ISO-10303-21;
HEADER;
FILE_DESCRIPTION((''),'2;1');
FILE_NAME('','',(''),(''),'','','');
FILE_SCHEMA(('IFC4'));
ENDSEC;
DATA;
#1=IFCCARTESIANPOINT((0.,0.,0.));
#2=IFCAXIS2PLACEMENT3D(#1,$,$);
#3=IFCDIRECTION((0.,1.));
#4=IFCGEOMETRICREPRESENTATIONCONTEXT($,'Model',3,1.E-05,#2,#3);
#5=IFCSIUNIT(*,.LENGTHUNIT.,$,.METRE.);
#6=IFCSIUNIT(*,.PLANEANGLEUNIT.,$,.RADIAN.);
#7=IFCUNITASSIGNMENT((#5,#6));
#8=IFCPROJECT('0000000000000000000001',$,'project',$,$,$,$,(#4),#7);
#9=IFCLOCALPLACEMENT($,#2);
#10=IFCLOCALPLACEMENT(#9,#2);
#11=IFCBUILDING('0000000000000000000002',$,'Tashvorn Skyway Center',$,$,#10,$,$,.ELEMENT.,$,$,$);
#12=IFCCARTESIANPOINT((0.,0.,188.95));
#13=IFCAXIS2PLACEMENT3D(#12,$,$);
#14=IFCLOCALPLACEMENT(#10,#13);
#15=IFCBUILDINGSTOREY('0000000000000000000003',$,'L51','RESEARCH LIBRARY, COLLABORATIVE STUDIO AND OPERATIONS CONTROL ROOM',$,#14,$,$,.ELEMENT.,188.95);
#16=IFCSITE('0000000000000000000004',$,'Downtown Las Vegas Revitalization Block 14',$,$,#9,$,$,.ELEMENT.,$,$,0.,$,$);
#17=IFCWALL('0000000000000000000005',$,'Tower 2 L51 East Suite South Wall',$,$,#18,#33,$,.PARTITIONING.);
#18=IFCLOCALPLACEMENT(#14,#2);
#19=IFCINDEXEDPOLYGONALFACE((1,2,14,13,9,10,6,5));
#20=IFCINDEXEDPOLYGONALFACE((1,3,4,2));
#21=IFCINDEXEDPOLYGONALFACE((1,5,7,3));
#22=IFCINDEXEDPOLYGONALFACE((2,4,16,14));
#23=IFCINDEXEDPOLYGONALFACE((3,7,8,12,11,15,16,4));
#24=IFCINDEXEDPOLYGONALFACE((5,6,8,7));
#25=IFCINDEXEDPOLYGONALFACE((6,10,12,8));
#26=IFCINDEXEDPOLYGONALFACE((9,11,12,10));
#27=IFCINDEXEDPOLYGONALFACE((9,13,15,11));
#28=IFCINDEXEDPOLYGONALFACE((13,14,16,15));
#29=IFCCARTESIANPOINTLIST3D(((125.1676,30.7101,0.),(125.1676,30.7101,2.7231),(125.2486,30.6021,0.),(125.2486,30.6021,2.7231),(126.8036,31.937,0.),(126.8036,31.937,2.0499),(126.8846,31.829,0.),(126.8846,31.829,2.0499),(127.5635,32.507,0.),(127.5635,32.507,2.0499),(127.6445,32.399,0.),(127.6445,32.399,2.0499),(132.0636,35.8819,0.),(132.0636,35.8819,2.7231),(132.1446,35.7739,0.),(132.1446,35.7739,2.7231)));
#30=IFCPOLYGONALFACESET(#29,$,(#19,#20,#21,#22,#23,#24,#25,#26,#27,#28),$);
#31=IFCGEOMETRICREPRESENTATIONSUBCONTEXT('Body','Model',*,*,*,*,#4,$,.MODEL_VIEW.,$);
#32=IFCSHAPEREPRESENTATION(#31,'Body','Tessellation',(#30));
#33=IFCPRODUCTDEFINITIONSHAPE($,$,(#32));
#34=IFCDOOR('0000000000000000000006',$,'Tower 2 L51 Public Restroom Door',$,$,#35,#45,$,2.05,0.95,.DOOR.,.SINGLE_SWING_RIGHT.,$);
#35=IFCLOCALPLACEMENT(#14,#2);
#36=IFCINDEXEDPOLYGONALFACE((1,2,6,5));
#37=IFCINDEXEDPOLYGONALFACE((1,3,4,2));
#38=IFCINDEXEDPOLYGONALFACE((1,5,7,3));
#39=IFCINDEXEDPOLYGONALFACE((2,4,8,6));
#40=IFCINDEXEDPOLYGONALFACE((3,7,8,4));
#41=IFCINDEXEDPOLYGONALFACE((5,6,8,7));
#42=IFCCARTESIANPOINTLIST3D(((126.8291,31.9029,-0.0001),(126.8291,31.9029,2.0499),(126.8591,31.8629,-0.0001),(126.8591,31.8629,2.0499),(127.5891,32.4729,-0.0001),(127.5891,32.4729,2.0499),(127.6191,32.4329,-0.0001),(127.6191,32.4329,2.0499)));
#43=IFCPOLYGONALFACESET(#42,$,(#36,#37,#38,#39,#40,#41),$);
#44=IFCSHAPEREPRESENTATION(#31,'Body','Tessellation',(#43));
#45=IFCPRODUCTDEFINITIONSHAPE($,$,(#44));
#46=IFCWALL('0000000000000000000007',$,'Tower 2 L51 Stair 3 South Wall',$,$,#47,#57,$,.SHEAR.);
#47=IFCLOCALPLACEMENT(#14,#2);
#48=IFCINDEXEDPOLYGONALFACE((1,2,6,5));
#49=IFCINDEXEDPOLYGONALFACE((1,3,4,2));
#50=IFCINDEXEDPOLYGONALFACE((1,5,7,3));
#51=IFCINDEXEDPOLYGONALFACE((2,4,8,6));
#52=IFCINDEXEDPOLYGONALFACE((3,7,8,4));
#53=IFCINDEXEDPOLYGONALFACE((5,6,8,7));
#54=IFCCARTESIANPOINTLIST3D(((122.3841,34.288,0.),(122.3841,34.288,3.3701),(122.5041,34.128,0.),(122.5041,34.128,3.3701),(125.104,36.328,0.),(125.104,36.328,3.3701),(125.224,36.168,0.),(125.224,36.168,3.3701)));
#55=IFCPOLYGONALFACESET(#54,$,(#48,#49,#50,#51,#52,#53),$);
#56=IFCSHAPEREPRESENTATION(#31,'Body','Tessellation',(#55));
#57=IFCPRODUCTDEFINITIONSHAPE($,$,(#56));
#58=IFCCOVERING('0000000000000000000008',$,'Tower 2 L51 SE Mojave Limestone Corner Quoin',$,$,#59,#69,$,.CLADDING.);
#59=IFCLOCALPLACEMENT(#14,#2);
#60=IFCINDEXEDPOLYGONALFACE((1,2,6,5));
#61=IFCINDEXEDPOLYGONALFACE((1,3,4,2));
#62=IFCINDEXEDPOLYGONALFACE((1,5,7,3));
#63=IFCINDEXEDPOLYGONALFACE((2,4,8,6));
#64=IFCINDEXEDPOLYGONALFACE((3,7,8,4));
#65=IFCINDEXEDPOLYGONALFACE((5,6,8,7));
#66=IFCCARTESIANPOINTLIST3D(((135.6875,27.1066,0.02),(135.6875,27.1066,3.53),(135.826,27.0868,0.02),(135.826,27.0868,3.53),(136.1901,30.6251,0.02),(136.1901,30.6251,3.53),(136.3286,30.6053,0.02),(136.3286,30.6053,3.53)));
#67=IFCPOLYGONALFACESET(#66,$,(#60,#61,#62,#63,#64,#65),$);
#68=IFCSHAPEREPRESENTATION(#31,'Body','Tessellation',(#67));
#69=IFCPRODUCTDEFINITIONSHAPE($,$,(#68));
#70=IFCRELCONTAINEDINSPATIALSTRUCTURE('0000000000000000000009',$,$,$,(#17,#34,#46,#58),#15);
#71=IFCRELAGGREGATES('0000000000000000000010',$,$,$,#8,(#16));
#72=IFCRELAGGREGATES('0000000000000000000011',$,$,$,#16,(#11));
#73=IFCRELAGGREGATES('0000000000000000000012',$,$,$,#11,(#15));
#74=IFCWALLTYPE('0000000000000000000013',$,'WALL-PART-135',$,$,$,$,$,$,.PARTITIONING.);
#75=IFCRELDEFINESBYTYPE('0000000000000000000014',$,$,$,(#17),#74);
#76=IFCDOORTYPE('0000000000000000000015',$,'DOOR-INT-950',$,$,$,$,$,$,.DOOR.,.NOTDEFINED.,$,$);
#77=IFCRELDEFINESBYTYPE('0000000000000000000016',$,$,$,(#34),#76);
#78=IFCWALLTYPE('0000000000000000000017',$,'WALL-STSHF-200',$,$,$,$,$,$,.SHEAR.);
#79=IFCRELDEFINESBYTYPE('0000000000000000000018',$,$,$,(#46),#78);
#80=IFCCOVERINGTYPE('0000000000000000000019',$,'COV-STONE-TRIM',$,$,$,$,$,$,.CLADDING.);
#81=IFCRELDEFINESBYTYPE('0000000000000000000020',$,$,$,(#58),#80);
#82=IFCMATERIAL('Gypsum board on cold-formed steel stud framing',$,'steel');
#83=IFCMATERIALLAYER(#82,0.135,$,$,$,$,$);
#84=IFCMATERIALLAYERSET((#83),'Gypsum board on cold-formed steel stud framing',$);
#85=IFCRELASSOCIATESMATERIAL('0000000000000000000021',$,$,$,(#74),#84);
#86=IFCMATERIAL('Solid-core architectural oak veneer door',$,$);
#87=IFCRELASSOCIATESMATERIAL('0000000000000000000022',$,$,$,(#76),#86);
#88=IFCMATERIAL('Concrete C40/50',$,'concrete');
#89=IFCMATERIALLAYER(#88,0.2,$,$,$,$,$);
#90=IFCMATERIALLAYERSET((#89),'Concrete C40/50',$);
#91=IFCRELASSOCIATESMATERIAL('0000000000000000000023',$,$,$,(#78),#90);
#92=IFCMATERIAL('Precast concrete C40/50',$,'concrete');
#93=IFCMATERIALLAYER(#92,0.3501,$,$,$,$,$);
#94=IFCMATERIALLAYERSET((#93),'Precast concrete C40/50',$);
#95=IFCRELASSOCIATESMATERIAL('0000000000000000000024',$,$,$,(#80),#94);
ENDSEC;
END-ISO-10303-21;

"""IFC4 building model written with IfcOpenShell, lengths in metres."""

from ifc_helpers import new_model, si_unit, direction, frame, frame_2d, origin, origin_2d, place, context, subcontext, project, spatial, rectangle, extrude, material, layer, layer_set, type_object, element, fill, save


model = new_model("IFC4")

# Units and contexts
model_context = context("Model", 3, precision=1e-05, world=origin(), true_north=direction((0.0, 1.0)))
body_context = subcontext(model_context, "Body", "Model", "MODEL_VIEW")
ifc_project = project(units=[si_unit("LENGTHUNIT", "METRE"), si_unit("PLANEANGLEUNIT", "RADIAN")], contexts=[model_context])

# Site, building, storey
site_placement = place(None, origin())
site = spatial("IfcSite", under=ifc_project, at=site_placement, Name="Downtown Las Vegas Revitalization Block 14", CompositionType="ELEMENT", RefElevation=0.0)
building_placement = place(site_placement, origin())
building = spatial("IfcBuilding", under=site, at=building_placement, Name="Tashvorn Skyway Center", CompositionType="ELEMENT")
storey_placement = place(building_placement, frame((0.0, 0.0, 188.95)))
storey = spatial("IfcBuildingStorey", under=building, at=storey_placement, Name="L51", Description="RESEARCH LIBRARY, COLLABORATIVE STUDIO AND OPERATIONS CONTROL ROOM", CompositionType="ELEMENT", Elevation=188.95)

# Shared definitions
ifc_material_1 = material(Name="Precast concrete C40/50", Category="concrete")

# Shared definitions
ifc_material_2 = material(Name="Gypsum board on cold-formed steel stud framing", Category="steel")
ifc_layer_1 = layer(ifc_material_2, 0.135)
ifc_layer_set_1 = layer_set([ifc_layer_1], Name="Gypsum board on cold-formed steel stud framing")
wall_type_1 = type_object("IfcWallType", Name="WALL-PART-135", PredefinedType="PARTITIONING", material=ifc_layer_set_1)
ifc_material_3 = material(Name="Solid-core architectural oak veneer door")
door_type_1 = type_object("IfcDoorType", Name="DOOR-INT-950", OperationType="NOTDEFINED", PredefinedType="DOOR", material=ifc_material_3)

# Wall, opening, door
wall_1_placement = place(storey_placement, frame((125.208, 30.656, 0.0), z_axis=(0.0, 0.0, 1.0), x_axis=(0.800007, 0.599991, 0.0)))
wall_1 = element("IfcWall", 1, at=wall_1_placement, inside=storey, type_object=wall_type_1, Name="Tower 2 L51 East Suite South Wall", PredefinedType="PARTITIONING", context=body_context, shape_type="SweptSolid", body=[
    extrude(rectangle(XDim=8.6199, YDim=0.135, at=frame_2d((4.3101, 0.0))), origin(), (0.0, 0.0, 1.0), 2.7231),
])
opening_1_placement = place(wall_1_placement, frame((2.0449, 0.0, 0.0)))
opening_1 = element("IfcOpeningElement", 2, at=opening_1_placement, cuts=wall_1, PredefinedType="OPENING", context=body_context, shape_type="SweptSolid", body=[
    extrude(rectangle(XDim=0.95, YDim=2.05, at=frame_2d((0.4751, 1.0249))), frame((0.0, 0.0774, 0.0), z_axis=(0.0, -1.0, 0.0), x_axis=(1.0, 0.0, 0.0)), (0.0, 0.0, 1.0), 0.155),
])
door_1_placement = place(opening_1_placement, origin())
door_1 = element("IfcDoor", 3, at=door_1_placement, inside=storey, type_object=door_type_1, Name="Tower 2 L51 Public Restroom Door", OperationType="SINGLE_SWING_RIGHT", OverallHeight=2.05, OverallWidth=0.95, PredefinedType="DOOR", context=body_context, shape_type="SweptSolid", body=[
    extrude(rectangle(XDim=0.95, YDim=2.05, at=frame_2d((0.4751, 1.0249))), frame((0.0, 0.0249, 0.0), z_axis=(0.0, -1.0, 0.0), x_axis=(1.0, 0.0, 0.0)), (0.0, 0.0, 1.0), 0.05),
])
fill(opening_1, door_1)

# Wall
ifc_material_4 = material(Name="Concrete C40/50", Category="concrete")
ifc_layer_2 = layer(ifc_material_4, 0.2)
ifc_layer_set_2 = layer_set([ifc_layer_2], Name="Concrete C40/50")
wall_type_2 = type_object("IfcWallType", Name="WALL-STSHF-200", PredefinedType="SHEAR", material=ifc_layer_set_2)
wall_2_placement = place(storey_placement, frame((122.4441, 34.208, 0.0), z_axis=(0.0, 0.0, 1.0), x_axis=(0.799991, 0.600011, 0.0)))
element("IfcWall", 4, at=wall_2_placement, inside=storey, type_object=wall_type_2, Name="Tower 2 L51 Stair 3 South Wall", PredefinedType="SHEAR", context=body_context, shape_type="SweptSolid", body=[
    extrude(rectangle(XDim=3.3999, YDim=0.2, at=frame_2d((1.7, 0.0))), origin(), (0.0, 0.0, 1.0), 3.3701),
])

# Covering
ifc_layer_3 = layer(ifc_material_1, 0.3501)
ifc_layer_set_3 = layer_set([ifc_layer_3], Name="Precast concrete C40/50")
covering_type = type_object("IfcCoveringType", Name="COV-STONE-TRIM", PredefinedType="CLADDING", material=ifc_layer_set_3)
covering_placement = place(storey_placement, frame((136.0081, 28.856, 0.02), z_axis=(0.0, 0.0, 1.0), x_axis=(0.141421, 0.989949, 0.0)))
element("IfcCovering", 5, at=covering_placement, inside=storey, type_object=covering_type, Name="Tower 2 L51 SE Mojave Limestone Corner Quoin", PredefinedType="CLADDING", context=body_context, shape_type="SweptSolid", body=[
    extrude(rectangle(XDim=3.5542, YDim=0.1399, at=origin_2d()), origin(), (0.0, 0.0, 1.0), 3.51),
])

save(model, "model.ifc")
